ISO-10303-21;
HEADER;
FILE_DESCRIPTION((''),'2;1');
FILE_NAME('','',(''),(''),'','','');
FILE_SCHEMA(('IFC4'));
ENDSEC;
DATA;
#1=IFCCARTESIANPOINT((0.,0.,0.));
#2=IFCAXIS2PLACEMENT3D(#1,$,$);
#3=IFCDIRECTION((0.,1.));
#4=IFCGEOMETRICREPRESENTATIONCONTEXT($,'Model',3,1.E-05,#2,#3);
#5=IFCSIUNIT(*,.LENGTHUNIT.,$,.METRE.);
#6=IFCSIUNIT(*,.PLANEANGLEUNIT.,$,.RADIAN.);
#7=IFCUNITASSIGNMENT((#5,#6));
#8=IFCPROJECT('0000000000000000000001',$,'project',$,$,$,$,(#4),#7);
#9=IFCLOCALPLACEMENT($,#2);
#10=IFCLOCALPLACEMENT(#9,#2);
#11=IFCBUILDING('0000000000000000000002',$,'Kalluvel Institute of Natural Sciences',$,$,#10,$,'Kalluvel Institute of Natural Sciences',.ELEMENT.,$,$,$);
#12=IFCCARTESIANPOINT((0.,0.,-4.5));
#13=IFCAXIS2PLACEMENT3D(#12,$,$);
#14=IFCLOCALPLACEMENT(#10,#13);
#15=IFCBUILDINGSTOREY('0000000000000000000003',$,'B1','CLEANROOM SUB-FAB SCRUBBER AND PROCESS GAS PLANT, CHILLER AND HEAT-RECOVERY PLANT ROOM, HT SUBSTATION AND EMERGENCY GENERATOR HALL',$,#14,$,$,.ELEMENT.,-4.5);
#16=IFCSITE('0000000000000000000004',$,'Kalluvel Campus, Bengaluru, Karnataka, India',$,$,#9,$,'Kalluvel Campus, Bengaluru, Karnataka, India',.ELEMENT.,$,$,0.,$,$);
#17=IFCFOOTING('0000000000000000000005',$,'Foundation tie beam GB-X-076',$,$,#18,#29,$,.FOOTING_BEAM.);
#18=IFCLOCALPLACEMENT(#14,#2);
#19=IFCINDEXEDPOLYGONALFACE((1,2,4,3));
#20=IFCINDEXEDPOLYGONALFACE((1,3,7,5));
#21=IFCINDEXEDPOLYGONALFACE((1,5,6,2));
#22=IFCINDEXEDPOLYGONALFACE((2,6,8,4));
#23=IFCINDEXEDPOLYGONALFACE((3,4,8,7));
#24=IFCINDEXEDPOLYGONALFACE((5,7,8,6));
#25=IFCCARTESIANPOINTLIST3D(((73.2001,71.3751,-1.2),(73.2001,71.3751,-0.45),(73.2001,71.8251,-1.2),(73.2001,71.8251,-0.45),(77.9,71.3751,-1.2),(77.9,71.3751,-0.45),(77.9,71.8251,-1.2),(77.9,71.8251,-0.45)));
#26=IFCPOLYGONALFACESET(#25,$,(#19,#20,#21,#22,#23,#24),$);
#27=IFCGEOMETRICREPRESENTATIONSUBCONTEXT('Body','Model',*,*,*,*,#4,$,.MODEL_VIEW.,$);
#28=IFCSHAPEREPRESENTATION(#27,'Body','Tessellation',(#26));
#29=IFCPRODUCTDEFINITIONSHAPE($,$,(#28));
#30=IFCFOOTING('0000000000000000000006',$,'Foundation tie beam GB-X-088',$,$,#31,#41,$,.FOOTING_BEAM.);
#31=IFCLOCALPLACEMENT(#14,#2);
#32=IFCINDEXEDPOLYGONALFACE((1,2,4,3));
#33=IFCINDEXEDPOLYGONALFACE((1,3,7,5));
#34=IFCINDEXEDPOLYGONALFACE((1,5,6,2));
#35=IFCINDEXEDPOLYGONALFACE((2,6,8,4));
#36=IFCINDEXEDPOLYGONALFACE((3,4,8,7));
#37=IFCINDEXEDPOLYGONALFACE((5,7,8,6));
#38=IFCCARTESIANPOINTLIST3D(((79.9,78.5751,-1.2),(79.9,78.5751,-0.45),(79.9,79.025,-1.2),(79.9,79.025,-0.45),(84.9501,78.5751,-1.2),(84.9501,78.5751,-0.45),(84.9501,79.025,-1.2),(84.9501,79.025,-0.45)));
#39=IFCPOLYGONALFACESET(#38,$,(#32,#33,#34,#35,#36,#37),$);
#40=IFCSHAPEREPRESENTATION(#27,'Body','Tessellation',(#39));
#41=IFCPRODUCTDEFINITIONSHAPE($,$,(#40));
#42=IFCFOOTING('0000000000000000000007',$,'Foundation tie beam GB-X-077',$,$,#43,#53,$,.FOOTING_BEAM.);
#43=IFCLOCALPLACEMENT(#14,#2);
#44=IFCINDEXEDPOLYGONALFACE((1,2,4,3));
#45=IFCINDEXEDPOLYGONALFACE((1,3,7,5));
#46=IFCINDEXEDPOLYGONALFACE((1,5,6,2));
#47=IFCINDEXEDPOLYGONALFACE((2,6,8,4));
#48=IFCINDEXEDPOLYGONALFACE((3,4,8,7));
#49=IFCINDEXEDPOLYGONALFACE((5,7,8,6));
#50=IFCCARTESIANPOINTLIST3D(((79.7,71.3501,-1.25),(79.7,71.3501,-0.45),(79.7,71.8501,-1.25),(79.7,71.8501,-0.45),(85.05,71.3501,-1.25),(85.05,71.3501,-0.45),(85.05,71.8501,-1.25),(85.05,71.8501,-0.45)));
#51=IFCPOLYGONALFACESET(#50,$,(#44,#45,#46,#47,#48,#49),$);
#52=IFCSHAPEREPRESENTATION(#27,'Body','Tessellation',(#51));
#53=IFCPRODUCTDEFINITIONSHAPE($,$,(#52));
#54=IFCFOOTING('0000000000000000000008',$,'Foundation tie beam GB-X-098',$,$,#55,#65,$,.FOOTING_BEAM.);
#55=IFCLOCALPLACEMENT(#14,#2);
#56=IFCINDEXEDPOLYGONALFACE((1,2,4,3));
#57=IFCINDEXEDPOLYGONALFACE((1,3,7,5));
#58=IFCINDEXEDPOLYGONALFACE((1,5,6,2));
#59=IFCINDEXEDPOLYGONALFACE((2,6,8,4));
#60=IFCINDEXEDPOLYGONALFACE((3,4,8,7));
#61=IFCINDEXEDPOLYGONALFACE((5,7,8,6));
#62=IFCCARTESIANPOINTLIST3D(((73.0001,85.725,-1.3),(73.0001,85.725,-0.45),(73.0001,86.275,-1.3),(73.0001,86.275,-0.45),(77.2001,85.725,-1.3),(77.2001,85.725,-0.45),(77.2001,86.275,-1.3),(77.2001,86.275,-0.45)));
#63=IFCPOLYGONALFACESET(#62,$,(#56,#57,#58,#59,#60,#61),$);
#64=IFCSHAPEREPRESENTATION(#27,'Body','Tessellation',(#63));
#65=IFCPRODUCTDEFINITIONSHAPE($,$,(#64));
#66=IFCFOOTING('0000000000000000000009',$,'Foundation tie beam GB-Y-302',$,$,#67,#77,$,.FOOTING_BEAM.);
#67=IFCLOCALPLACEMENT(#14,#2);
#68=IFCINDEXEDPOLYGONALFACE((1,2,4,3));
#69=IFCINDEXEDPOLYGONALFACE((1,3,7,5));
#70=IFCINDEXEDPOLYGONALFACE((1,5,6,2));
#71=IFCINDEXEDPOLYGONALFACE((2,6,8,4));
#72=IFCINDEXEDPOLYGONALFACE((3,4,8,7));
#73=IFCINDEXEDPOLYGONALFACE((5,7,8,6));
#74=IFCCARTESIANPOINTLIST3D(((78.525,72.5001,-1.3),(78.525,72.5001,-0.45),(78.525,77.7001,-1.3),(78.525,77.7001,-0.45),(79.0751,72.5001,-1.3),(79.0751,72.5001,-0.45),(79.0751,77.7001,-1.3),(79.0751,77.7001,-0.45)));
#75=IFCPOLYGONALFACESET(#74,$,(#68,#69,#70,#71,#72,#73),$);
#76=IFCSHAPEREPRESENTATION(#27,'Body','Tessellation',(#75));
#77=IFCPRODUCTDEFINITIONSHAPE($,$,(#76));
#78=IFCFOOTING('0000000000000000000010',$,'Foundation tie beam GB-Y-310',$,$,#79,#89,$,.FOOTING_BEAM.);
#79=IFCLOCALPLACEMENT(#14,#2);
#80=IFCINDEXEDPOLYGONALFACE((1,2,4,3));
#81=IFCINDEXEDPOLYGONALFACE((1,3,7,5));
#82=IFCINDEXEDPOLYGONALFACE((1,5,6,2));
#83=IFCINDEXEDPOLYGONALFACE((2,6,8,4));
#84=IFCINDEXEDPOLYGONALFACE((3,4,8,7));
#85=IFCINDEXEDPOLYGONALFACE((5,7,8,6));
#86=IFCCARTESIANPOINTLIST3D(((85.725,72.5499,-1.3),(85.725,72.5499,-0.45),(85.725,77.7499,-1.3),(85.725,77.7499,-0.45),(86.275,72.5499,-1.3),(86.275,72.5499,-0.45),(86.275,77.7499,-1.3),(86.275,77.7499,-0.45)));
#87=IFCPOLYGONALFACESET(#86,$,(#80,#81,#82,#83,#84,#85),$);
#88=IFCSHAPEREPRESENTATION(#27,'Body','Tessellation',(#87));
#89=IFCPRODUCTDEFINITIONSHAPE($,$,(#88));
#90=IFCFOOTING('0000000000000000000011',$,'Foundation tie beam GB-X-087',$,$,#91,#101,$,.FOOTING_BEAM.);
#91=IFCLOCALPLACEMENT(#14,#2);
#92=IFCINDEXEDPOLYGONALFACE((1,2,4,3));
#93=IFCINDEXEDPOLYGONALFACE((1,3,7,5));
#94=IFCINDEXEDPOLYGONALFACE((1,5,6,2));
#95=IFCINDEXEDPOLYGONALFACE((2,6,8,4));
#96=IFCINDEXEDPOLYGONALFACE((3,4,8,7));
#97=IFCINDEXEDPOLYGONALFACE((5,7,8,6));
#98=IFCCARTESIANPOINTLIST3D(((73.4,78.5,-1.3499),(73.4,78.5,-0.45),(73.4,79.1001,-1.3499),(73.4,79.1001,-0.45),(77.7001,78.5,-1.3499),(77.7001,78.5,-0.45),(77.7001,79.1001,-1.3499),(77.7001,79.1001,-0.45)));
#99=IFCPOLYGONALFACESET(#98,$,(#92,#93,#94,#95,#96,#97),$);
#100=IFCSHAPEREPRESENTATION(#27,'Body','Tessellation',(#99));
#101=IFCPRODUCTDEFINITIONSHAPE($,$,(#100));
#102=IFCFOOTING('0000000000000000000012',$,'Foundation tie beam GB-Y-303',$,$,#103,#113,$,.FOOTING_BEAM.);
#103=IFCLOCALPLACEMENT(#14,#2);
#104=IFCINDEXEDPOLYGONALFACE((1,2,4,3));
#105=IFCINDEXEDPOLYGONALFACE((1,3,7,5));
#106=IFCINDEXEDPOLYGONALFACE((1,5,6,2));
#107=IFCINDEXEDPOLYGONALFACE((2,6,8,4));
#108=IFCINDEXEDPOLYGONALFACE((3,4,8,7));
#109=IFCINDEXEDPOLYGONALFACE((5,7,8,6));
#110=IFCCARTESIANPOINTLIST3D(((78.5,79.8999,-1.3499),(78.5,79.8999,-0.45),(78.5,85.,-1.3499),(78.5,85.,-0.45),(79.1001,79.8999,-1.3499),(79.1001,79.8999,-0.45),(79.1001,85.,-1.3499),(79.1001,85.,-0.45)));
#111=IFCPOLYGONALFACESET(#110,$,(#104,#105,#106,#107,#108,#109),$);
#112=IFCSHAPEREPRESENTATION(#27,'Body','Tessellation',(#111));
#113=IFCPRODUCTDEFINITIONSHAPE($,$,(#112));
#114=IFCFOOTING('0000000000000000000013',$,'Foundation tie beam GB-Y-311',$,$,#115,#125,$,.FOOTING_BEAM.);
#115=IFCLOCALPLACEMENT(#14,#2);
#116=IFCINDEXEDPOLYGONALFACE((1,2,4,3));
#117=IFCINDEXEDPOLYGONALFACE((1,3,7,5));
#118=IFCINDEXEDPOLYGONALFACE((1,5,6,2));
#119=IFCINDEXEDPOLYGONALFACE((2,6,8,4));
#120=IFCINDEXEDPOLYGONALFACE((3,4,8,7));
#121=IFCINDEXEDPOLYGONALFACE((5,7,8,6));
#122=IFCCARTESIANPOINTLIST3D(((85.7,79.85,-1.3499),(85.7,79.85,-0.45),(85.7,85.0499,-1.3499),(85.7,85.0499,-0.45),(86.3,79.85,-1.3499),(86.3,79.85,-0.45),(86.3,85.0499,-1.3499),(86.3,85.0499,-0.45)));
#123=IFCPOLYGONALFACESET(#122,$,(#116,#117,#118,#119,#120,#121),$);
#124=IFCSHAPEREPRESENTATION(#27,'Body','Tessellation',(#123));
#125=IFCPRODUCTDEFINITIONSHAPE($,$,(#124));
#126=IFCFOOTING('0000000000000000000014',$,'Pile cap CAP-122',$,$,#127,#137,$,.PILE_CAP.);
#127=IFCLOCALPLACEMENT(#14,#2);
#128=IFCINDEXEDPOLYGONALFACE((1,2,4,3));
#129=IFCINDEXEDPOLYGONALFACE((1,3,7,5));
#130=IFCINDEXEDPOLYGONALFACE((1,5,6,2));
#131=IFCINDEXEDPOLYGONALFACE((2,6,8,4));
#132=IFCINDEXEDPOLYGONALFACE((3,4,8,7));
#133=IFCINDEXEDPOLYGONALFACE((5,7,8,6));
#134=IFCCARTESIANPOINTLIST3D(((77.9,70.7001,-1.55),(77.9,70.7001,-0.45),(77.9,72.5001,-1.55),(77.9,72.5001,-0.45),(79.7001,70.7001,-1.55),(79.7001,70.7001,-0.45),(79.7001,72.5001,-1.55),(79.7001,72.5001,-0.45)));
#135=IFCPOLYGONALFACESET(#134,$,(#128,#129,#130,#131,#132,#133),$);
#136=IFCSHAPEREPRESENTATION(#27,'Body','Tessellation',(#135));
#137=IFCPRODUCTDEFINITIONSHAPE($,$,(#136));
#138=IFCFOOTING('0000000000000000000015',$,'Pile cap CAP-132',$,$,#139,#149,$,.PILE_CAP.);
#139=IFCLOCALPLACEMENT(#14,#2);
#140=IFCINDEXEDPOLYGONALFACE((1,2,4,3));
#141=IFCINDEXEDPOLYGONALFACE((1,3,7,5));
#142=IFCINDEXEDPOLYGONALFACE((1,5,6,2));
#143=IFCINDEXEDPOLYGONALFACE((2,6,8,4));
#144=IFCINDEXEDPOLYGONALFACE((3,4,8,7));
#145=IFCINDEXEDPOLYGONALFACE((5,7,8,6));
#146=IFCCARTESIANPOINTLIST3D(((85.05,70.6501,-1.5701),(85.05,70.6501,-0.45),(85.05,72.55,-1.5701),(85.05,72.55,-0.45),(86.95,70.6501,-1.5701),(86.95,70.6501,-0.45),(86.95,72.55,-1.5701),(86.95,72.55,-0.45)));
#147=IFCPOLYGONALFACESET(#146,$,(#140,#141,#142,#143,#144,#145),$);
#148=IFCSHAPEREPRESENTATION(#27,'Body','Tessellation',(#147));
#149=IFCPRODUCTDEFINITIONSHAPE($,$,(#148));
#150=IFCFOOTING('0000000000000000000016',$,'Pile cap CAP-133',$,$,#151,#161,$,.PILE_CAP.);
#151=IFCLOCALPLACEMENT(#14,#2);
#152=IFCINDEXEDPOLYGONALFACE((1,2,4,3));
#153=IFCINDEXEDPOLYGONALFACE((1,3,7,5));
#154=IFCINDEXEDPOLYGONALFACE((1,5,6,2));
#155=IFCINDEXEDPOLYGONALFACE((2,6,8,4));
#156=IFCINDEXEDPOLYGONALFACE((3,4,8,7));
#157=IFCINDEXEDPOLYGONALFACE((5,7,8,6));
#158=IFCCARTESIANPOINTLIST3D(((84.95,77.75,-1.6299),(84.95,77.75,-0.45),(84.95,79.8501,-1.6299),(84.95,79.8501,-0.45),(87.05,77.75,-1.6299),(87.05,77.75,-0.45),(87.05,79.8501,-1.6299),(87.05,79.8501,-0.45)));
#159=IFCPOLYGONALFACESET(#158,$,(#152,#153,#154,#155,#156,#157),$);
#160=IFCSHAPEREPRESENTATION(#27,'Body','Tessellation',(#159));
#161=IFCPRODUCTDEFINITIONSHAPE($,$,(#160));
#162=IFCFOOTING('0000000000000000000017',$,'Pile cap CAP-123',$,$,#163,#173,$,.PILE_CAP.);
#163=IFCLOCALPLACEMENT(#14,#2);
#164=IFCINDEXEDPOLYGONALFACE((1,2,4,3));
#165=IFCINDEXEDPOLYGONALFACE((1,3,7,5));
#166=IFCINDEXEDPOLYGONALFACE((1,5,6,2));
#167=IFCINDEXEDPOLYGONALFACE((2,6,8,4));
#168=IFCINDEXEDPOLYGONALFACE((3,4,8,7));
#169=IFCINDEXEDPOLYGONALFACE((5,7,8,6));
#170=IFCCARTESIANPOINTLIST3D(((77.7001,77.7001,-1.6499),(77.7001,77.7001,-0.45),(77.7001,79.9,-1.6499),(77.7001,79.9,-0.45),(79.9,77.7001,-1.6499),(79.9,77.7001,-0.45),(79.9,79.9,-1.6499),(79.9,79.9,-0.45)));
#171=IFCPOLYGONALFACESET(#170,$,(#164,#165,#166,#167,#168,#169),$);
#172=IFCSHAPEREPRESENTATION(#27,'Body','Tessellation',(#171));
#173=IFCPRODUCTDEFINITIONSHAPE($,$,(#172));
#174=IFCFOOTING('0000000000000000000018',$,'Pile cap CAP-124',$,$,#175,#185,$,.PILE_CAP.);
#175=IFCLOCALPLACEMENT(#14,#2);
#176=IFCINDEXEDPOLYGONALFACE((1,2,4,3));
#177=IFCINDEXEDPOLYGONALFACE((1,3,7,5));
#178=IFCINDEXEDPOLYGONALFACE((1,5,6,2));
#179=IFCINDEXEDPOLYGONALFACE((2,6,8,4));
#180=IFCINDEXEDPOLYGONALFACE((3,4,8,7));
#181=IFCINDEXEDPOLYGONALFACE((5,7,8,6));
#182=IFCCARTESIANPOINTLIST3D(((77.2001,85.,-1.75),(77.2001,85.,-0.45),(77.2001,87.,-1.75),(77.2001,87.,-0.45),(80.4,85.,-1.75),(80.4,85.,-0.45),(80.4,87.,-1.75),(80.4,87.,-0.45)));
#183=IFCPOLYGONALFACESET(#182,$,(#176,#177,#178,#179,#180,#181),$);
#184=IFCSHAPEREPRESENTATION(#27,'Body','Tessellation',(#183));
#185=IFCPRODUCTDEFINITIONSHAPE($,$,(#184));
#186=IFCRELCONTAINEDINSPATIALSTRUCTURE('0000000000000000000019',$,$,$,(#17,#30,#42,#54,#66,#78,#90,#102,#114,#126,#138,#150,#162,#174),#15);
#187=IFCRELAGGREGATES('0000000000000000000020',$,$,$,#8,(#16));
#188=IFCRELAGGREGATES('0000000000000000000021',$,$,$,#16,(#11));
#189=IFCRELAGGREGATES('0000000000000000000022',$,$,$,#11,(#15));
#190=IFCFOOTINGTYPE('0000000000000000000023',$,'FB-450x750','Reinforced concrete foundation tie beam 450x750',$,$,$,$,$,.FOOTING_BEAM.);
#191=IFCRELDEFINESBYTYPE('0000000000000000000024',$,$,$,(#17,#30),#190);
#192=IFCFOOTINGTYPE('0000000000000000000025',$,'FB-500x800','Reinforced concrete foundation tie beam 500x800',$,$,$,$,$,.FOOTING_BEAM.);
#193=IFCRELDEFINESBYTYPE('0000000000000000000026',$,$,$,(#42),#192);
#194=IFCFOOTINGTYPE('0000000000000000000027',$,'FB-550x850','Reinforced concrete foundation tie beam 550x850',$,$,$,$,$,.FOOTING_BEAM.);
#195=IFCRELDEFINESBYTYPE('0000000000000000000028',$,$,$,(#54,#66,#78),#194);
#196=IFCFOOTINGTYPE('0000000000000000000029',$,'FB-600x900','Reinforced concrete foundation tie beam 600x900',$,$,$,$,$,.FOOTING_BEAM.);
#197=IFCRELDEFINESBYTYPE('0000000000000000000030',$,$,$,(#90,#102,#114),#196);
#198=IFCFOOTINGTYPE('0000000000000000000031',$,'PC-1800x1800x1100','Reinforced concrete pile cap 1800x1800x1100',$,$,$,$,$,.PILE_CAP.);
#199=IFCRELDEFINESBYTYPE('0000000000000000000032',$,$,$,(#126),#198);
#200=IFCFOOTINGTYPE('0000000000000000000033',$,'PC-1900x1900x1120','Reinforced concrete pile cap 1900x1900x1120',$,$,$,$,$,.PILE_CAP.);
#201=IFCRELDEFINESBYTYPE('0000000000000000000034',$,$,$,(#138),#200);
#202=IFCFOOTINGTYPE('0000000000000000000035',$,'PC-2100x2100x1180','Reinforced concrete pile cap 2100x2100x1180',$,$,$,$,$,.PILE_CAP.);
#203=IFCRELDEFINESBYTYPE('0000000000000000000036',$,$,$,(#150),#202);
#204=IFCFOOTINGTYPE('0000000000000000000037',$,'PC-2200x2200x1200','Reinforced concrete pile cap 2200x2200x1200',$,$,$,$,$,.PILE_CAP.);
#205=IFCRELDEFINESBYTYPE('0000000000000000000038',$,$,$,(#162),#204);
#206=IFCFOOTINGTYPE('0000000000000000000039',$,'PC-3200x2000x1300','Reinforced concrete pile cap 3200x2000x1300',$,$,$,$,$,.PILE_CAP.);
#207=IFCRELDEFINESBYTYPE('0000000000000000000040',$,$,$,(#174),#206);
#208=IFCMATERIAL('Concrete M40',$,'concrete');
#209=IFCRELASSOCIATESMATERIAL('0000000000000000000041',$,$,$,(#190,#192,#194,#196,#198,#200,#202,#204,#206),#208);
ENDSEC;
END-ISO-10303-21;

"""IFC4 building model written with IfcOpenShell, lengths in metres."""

from ifc_helpers import new_model, si_unit, direction, frame, origin, origin_2d, place, context, subcontext, project, spatial, rectangle, extrude, material, type_object, element, save


model = new_model("IFC4")

# Units and contexts
model_context = context("Model", 3, precision=1e-05, world=origin(), true_north=direction((0.0, 1.0)))
body_context = subcontext(model_context, "Body", "Model", "MODEL_VIEW")
ifc_project = project(units=[si_unit("LENGTHUNIT", "METRE"), si_unit("PLANEANGLEUNIT", "RADIAN")], contexts=[model_context])

# Site, building, storey
site_placement = place(None, origin())
site = spatial("IfcSite", under=ifc_project, at=site_placement, Name="Kalluvel Campus, Bengaluru, Karnataka, India", LongName="Kalluvel Campus, Bengaluru, Karnataka, India", CompositionType="ELEMENT", RefElevation=0.0)
building_placement = place(site_placement, origin())
building = spatial("IfcBuilding", under=site, at=building_placement, Name="Kalluvel Institute of Natural Sciences", LongName="Kalluvel Institute of Natural Sciences", CompositionType="ELEMENT")
storey_placement = place(building_placement, frame((0.0, 0.0, -4.5)))
storey = spatial("IfcBuildingStorey", under=building, at=storey_placement, Name="B1", Description="CLEANROOM SUB-FAB SCRUBBER AND PROCESS GAS PLANT, CHILLER AND HEAT-RECOVERY PLANT ROOM, HT SUBSTATION AND EMERGENCY GENERATOR HALL", CompositionType="ELEMENT", Elevation=-4.5)

# Footings
ifc_material_1 = material(Name="Concrete M40", Category="concrete")
footing_type_1 = type_object("IfcFootingType", Name="FB-450x750", Description="Reinforced concrete foundation tie beam 450x750", PredefinedType="FOOTING_BEAM", material=ifc_material_1)
footing_1_placement = place(storey_placement, frame((75.55, 71.6001, -1.2), z_axis=(0.0, 0.0, 1.0), x_axis=(1.0, 0.0, 0.0)))
element("IfcFooting", 1, at=footing_1_placement, inside=storey, type_object=footing_type_1, Name="Foundation tie beam GB-X-076", PredefinedType="FOOTING_BEAM", context=body_context, shape_type="SweptSolid", body=[
    extrude(rectangle(XDim=4.7, YDim=0.45, at=origin_2d()), origin(), (0.0, 0.0, 1.0), 0.75),
])
footing_2_placement = place(storey_placement, frame((82.425, 78.8, -1.2), z_axis=(0.0, 0.0, 1.0), x_axis=(1.0, 0.0, 0.0)))
element("IfcFooting", 2, at=footing_2_placement, inside=storey, type_object=footing_type_1, Name="Foundation tie beam GB-X-088", PredefinedType="FOOTING_BEAM", context=body_context, shape_type="SweptSolid", body=[
    extrude(rectangle(XDim=5.05, YDim=0.45, at=origin_2d()), origin(), (0.0, 0.0, 1.0), 0.75),
])
footing_type_2 = type_object("IfcFootingType", Name="FB-500x800", Description="Reinforced concrete foundation tie beam 500x800", PredefinedType="FOOTING_BEAM", material=ifc_material_1)
footing_3_placement = place(storey_placement, frame((82.375, 71.6001, -1.25), z_axis=(0.0, 0.0, 1.0), x_axis=(1.0, 0.0, 0.0)))
element("IfcFooting", 3, at=footing_3_placement, inside=storey, type_object=footing_type_2, Name="Foundation tie beam GB-X-077", PredefinedType="FOOTING_BEAM", context=body_context, shape_type="SweptSolid", body=[
    extrude(rectangle(XDim=5.3501, YDim=0.5, at=origin_2d()), origin(), (0.0, 0.0, 1.0), 0.8),
])
footing_type_3 = type_object("IfcFootingType", Name="FB-550x850", Description="Reinforced concrete foundation tie beam 550x850", PredefinedType="FOOTING_BEAM", material=ifc_material_1)
footing_4_placement = place(storey_placement, frame((75.1001, 86.0, -1.3), z_axis=(0.0, 0.0, 1.0), x_axis=(1.0, 0.0, 0.0)))
element("IfcFooting", 4, at=footing_4_placement, inside=storey, type_object=footing_type_3, Name="Foundation tie beam GB-X-098", PredefinedType="FOOTING_BEAM", context=body_context, shape_type="SweptSolid", body=[
    extrude(rectangle(XDim=4.2, YDim=0.55, at=origin_2d()), origin(), (0.0, 0.0, 1.0), 0.8501),
])
for number, where, z_axis, x_axis, name in (
    (5, (78.8, 75.1001, -1.3), (0.0, 0.0, 1.0), (1.0, 0.0, 0.0), "Foundation tie beam GB-Y-302"),
    (6, (86.0, 75.1499, -1.3), (0.0, 0.0, 1.0), (1.0, 0.0, 0.0), "Foundation tie beam GB-Y-310"),
):
    element("IfcFooting", number, at=place(storey_placement, frame(where, z_axis=z_axis, x_axis=x_axis)), inside=storey, type_object=footing_type_3, Name=name, PredefinedType="FOOTING_BEAM", context=body_context, shape_type="SweptSolid", body=[
        extrude(rectangle(XDim=0.55, YDim=5.2, at=origin_2d()), origin(), (0.0, 0.0, 1.0), 0.8501),
    ])
footing_type_4 = type_object("IfcFootingType", Name="FB-600x900", Description="Reinforced concrete foundation tie beam 600x900", PredefinedType="FOOTING_BEAM", material=ifc_material_1)
footing_5_placement = place(storey_placement, frame((75.55, 78.8, -1.3499), z_axis=(0.0, 0.0, 1.0), x_axis=(1.0, 0.0, 0.0)))
element("IfcFooting", 7, at=footing_5_placement, inside=storey, type_object=footing_type_4, Name="Foundation tie beam GB-X-087", PredefinedType="FOOTING_BEAM", context=body_context, shape_type="SweptSolid", body=[
    extrude(rectangle(XDim=4.3, YDim=0.6001, at=origin_2d()), origin(), (0.0, 0.0, 1.0), 0.8999),
])
footing_6_placement = place(storey_placement, frame((78.8, 82.45, -1.3499), z_axis=(0.0, 0.0, 1.0), x_axis=(1.0, 0.0, 0.0)))
element("IfcFooting", 8, at=footing_6_placement, inside=storey, type_object=footing_type_4, Name="Foundation tie beam GB-Y-303", PredefinedType="FOOTING_BEAM", context=body_context, shape_type="SweptSolid", body=[
    extrude(rectangle(XDim=0.6001, YDim=5.1001, at=origin_2d()), origin(), (0.0, 0.0, 1.0), 0.8999),
])
footing_7_placement = place(storey_placement, frame((86.0, 82.45, -1.3499), z_axis=(0.0, 0.0, 1.0), x_axis=(1.0, 0.0, 0.0)))
element("IfcFooting", 9, at=footing_7_placement, inside=storey, type_object=footing_type_4, Name="Foundation tie beam GB-Y-311", PredefinedType="FOOTING_BEAM", context=body_context, shape_type="SweptSolid", body=[
    extrude(rectangle(XDim=0.6001, YDim=5.2, at=origin_2d()), origin(), (0.0, 0.0, 1.0), 0.8999),
])
footing_type_5 = type_object("IfcFootingType", Name="PC-1800x1800x1100", Description="Reinforced concrete pile cap 1800x1800x1100", PredefinedType="PILE_CAP", material=ifc_material_1)
footing_8_placement = place(storey_placement, frame((78.8, 71.6001, -1.55), z_axis=(0.0, 0.0, 1.0), x_axis=(1.0, 0.0, 0.0)))
element("IfcFooting", 10, at=footing_8_placement, inside=storey, type_object=footing_type_5, Name="Pile cap CAP-122", PredefinedType="PILE_CAP", context=body_context, shape_type="SweptSolid", body=[
    extrude(rectangle(XDim=1.8, YDim=1.8, at=origin_2d()), origin(), (0.0, 0.0, 1.0), 1.1001),
])
footing_type_6 = type_object("IfcFootingType", Name="PC-1900x1900x1120", Description="Reinforced concrete pile cap 1900x1900x1120", PredefinedType="PILE_CAP", material=ifc_material_1)
footing_9_placement = place(storey_placement, frame((86.0, 71.6001, -1.5701), z_axis=(0.0, 0.0, 1.0), x_axis=(1.0, 0.0, 0.0)))
element("IfcFooting", 11, at=footing_9_placement, inside=storey, type_object=footing_type_6, Name="Pile cap CAP-132", PredefinedType="PILE_CAP", context=body_context, shape_type="SweptSolid", body=[
    extrude(rectangle(XDim=1.8999, YDim=1.8999, at=origin_2d()), origin(), (0.0, 0.0, 1.0), 1.1201),
])
footing_type_7 = type_object("IfcFootingType", Name="PC-2100x2100x1180", Description="Reinforced concrete pile cap 2100x2100x1180", PredefinedType="PILE_CAP", material=ifc_material_1)
footing_10_placement = place(storey_placement, frame((86.0, 78.8, -1.6299), z_axis=(0.0, 0.0, 1.0), x_axis=(1.0, 0.0, 0.0)))
element("IfcFooting", 12, at=footing_10_placement, inside=storey, type_object=footing_type_7, Name="Pile cap CAP-133", PredefinedType="PILE_CAP", context=body_context, shape_type="SweptSolid", body=[
    extrude(rectangle(XDim=2.1001, YDim=2.1001, at=origin_2d()), origin(), (0.0, 0.0, 1.0), 1.1799),
])
footing_type_8 = type_object("IfcFootingType", Name="PC-2200x2200x1200", Description="Reinforced concrete pile cap 2200x2200x1200", PredefinedType="PILE_CAP", material=ifc_material_1)
footing_11_placement = place(storey_placement, frame((78.8, 78.8, -1.6499), z_axis=(0.0, 0.0, 1.0), x_axis=(1.0, 0.0, 0.0)))
element("IfcFooting", 13, at=footing_11_placement, inside=storey, type_object=footing_type_8, Name="Pile cap CAP-123", PredefinedType="PILE_CAP", context=body_context, shape_type="SweptSolid", body=[
    extrude(rectangle(XDim=2.2, YDim=2.2, at=origin_2d()), origin(), (0.0, 0.0, 1.0), 1.2),
])
footing_type_9 = type_object("IfcFootingType", Name="PC-3200x2000x1300", Description="Reinforced concrete pile cap 3200x2000x1300", PredefinedType="PILE_CAP", material=ifc_material_1)
footing_12_placement = place(storey_placement, frame((78.8, 86.0, -1.75), z_axis=(0.0, 0.0, 1.0), x_axis=(1.0, 0.0, 0.0)))
element("IfcFooting", 14, at=footing_12_placement, inside=storey, type_object=footing_type_9, Name="Pile cap CAP-124", PredefinedType="PILE_CAP", context=body_context, shape_type="SweptSolid", body=[
    extrude(rectangle(XDim=3.2, YDim=2.0, at=origin_2d()), origin(), (0.0, 0.0, 1.0), 1.3),
])

save(model, "model.ifc")
